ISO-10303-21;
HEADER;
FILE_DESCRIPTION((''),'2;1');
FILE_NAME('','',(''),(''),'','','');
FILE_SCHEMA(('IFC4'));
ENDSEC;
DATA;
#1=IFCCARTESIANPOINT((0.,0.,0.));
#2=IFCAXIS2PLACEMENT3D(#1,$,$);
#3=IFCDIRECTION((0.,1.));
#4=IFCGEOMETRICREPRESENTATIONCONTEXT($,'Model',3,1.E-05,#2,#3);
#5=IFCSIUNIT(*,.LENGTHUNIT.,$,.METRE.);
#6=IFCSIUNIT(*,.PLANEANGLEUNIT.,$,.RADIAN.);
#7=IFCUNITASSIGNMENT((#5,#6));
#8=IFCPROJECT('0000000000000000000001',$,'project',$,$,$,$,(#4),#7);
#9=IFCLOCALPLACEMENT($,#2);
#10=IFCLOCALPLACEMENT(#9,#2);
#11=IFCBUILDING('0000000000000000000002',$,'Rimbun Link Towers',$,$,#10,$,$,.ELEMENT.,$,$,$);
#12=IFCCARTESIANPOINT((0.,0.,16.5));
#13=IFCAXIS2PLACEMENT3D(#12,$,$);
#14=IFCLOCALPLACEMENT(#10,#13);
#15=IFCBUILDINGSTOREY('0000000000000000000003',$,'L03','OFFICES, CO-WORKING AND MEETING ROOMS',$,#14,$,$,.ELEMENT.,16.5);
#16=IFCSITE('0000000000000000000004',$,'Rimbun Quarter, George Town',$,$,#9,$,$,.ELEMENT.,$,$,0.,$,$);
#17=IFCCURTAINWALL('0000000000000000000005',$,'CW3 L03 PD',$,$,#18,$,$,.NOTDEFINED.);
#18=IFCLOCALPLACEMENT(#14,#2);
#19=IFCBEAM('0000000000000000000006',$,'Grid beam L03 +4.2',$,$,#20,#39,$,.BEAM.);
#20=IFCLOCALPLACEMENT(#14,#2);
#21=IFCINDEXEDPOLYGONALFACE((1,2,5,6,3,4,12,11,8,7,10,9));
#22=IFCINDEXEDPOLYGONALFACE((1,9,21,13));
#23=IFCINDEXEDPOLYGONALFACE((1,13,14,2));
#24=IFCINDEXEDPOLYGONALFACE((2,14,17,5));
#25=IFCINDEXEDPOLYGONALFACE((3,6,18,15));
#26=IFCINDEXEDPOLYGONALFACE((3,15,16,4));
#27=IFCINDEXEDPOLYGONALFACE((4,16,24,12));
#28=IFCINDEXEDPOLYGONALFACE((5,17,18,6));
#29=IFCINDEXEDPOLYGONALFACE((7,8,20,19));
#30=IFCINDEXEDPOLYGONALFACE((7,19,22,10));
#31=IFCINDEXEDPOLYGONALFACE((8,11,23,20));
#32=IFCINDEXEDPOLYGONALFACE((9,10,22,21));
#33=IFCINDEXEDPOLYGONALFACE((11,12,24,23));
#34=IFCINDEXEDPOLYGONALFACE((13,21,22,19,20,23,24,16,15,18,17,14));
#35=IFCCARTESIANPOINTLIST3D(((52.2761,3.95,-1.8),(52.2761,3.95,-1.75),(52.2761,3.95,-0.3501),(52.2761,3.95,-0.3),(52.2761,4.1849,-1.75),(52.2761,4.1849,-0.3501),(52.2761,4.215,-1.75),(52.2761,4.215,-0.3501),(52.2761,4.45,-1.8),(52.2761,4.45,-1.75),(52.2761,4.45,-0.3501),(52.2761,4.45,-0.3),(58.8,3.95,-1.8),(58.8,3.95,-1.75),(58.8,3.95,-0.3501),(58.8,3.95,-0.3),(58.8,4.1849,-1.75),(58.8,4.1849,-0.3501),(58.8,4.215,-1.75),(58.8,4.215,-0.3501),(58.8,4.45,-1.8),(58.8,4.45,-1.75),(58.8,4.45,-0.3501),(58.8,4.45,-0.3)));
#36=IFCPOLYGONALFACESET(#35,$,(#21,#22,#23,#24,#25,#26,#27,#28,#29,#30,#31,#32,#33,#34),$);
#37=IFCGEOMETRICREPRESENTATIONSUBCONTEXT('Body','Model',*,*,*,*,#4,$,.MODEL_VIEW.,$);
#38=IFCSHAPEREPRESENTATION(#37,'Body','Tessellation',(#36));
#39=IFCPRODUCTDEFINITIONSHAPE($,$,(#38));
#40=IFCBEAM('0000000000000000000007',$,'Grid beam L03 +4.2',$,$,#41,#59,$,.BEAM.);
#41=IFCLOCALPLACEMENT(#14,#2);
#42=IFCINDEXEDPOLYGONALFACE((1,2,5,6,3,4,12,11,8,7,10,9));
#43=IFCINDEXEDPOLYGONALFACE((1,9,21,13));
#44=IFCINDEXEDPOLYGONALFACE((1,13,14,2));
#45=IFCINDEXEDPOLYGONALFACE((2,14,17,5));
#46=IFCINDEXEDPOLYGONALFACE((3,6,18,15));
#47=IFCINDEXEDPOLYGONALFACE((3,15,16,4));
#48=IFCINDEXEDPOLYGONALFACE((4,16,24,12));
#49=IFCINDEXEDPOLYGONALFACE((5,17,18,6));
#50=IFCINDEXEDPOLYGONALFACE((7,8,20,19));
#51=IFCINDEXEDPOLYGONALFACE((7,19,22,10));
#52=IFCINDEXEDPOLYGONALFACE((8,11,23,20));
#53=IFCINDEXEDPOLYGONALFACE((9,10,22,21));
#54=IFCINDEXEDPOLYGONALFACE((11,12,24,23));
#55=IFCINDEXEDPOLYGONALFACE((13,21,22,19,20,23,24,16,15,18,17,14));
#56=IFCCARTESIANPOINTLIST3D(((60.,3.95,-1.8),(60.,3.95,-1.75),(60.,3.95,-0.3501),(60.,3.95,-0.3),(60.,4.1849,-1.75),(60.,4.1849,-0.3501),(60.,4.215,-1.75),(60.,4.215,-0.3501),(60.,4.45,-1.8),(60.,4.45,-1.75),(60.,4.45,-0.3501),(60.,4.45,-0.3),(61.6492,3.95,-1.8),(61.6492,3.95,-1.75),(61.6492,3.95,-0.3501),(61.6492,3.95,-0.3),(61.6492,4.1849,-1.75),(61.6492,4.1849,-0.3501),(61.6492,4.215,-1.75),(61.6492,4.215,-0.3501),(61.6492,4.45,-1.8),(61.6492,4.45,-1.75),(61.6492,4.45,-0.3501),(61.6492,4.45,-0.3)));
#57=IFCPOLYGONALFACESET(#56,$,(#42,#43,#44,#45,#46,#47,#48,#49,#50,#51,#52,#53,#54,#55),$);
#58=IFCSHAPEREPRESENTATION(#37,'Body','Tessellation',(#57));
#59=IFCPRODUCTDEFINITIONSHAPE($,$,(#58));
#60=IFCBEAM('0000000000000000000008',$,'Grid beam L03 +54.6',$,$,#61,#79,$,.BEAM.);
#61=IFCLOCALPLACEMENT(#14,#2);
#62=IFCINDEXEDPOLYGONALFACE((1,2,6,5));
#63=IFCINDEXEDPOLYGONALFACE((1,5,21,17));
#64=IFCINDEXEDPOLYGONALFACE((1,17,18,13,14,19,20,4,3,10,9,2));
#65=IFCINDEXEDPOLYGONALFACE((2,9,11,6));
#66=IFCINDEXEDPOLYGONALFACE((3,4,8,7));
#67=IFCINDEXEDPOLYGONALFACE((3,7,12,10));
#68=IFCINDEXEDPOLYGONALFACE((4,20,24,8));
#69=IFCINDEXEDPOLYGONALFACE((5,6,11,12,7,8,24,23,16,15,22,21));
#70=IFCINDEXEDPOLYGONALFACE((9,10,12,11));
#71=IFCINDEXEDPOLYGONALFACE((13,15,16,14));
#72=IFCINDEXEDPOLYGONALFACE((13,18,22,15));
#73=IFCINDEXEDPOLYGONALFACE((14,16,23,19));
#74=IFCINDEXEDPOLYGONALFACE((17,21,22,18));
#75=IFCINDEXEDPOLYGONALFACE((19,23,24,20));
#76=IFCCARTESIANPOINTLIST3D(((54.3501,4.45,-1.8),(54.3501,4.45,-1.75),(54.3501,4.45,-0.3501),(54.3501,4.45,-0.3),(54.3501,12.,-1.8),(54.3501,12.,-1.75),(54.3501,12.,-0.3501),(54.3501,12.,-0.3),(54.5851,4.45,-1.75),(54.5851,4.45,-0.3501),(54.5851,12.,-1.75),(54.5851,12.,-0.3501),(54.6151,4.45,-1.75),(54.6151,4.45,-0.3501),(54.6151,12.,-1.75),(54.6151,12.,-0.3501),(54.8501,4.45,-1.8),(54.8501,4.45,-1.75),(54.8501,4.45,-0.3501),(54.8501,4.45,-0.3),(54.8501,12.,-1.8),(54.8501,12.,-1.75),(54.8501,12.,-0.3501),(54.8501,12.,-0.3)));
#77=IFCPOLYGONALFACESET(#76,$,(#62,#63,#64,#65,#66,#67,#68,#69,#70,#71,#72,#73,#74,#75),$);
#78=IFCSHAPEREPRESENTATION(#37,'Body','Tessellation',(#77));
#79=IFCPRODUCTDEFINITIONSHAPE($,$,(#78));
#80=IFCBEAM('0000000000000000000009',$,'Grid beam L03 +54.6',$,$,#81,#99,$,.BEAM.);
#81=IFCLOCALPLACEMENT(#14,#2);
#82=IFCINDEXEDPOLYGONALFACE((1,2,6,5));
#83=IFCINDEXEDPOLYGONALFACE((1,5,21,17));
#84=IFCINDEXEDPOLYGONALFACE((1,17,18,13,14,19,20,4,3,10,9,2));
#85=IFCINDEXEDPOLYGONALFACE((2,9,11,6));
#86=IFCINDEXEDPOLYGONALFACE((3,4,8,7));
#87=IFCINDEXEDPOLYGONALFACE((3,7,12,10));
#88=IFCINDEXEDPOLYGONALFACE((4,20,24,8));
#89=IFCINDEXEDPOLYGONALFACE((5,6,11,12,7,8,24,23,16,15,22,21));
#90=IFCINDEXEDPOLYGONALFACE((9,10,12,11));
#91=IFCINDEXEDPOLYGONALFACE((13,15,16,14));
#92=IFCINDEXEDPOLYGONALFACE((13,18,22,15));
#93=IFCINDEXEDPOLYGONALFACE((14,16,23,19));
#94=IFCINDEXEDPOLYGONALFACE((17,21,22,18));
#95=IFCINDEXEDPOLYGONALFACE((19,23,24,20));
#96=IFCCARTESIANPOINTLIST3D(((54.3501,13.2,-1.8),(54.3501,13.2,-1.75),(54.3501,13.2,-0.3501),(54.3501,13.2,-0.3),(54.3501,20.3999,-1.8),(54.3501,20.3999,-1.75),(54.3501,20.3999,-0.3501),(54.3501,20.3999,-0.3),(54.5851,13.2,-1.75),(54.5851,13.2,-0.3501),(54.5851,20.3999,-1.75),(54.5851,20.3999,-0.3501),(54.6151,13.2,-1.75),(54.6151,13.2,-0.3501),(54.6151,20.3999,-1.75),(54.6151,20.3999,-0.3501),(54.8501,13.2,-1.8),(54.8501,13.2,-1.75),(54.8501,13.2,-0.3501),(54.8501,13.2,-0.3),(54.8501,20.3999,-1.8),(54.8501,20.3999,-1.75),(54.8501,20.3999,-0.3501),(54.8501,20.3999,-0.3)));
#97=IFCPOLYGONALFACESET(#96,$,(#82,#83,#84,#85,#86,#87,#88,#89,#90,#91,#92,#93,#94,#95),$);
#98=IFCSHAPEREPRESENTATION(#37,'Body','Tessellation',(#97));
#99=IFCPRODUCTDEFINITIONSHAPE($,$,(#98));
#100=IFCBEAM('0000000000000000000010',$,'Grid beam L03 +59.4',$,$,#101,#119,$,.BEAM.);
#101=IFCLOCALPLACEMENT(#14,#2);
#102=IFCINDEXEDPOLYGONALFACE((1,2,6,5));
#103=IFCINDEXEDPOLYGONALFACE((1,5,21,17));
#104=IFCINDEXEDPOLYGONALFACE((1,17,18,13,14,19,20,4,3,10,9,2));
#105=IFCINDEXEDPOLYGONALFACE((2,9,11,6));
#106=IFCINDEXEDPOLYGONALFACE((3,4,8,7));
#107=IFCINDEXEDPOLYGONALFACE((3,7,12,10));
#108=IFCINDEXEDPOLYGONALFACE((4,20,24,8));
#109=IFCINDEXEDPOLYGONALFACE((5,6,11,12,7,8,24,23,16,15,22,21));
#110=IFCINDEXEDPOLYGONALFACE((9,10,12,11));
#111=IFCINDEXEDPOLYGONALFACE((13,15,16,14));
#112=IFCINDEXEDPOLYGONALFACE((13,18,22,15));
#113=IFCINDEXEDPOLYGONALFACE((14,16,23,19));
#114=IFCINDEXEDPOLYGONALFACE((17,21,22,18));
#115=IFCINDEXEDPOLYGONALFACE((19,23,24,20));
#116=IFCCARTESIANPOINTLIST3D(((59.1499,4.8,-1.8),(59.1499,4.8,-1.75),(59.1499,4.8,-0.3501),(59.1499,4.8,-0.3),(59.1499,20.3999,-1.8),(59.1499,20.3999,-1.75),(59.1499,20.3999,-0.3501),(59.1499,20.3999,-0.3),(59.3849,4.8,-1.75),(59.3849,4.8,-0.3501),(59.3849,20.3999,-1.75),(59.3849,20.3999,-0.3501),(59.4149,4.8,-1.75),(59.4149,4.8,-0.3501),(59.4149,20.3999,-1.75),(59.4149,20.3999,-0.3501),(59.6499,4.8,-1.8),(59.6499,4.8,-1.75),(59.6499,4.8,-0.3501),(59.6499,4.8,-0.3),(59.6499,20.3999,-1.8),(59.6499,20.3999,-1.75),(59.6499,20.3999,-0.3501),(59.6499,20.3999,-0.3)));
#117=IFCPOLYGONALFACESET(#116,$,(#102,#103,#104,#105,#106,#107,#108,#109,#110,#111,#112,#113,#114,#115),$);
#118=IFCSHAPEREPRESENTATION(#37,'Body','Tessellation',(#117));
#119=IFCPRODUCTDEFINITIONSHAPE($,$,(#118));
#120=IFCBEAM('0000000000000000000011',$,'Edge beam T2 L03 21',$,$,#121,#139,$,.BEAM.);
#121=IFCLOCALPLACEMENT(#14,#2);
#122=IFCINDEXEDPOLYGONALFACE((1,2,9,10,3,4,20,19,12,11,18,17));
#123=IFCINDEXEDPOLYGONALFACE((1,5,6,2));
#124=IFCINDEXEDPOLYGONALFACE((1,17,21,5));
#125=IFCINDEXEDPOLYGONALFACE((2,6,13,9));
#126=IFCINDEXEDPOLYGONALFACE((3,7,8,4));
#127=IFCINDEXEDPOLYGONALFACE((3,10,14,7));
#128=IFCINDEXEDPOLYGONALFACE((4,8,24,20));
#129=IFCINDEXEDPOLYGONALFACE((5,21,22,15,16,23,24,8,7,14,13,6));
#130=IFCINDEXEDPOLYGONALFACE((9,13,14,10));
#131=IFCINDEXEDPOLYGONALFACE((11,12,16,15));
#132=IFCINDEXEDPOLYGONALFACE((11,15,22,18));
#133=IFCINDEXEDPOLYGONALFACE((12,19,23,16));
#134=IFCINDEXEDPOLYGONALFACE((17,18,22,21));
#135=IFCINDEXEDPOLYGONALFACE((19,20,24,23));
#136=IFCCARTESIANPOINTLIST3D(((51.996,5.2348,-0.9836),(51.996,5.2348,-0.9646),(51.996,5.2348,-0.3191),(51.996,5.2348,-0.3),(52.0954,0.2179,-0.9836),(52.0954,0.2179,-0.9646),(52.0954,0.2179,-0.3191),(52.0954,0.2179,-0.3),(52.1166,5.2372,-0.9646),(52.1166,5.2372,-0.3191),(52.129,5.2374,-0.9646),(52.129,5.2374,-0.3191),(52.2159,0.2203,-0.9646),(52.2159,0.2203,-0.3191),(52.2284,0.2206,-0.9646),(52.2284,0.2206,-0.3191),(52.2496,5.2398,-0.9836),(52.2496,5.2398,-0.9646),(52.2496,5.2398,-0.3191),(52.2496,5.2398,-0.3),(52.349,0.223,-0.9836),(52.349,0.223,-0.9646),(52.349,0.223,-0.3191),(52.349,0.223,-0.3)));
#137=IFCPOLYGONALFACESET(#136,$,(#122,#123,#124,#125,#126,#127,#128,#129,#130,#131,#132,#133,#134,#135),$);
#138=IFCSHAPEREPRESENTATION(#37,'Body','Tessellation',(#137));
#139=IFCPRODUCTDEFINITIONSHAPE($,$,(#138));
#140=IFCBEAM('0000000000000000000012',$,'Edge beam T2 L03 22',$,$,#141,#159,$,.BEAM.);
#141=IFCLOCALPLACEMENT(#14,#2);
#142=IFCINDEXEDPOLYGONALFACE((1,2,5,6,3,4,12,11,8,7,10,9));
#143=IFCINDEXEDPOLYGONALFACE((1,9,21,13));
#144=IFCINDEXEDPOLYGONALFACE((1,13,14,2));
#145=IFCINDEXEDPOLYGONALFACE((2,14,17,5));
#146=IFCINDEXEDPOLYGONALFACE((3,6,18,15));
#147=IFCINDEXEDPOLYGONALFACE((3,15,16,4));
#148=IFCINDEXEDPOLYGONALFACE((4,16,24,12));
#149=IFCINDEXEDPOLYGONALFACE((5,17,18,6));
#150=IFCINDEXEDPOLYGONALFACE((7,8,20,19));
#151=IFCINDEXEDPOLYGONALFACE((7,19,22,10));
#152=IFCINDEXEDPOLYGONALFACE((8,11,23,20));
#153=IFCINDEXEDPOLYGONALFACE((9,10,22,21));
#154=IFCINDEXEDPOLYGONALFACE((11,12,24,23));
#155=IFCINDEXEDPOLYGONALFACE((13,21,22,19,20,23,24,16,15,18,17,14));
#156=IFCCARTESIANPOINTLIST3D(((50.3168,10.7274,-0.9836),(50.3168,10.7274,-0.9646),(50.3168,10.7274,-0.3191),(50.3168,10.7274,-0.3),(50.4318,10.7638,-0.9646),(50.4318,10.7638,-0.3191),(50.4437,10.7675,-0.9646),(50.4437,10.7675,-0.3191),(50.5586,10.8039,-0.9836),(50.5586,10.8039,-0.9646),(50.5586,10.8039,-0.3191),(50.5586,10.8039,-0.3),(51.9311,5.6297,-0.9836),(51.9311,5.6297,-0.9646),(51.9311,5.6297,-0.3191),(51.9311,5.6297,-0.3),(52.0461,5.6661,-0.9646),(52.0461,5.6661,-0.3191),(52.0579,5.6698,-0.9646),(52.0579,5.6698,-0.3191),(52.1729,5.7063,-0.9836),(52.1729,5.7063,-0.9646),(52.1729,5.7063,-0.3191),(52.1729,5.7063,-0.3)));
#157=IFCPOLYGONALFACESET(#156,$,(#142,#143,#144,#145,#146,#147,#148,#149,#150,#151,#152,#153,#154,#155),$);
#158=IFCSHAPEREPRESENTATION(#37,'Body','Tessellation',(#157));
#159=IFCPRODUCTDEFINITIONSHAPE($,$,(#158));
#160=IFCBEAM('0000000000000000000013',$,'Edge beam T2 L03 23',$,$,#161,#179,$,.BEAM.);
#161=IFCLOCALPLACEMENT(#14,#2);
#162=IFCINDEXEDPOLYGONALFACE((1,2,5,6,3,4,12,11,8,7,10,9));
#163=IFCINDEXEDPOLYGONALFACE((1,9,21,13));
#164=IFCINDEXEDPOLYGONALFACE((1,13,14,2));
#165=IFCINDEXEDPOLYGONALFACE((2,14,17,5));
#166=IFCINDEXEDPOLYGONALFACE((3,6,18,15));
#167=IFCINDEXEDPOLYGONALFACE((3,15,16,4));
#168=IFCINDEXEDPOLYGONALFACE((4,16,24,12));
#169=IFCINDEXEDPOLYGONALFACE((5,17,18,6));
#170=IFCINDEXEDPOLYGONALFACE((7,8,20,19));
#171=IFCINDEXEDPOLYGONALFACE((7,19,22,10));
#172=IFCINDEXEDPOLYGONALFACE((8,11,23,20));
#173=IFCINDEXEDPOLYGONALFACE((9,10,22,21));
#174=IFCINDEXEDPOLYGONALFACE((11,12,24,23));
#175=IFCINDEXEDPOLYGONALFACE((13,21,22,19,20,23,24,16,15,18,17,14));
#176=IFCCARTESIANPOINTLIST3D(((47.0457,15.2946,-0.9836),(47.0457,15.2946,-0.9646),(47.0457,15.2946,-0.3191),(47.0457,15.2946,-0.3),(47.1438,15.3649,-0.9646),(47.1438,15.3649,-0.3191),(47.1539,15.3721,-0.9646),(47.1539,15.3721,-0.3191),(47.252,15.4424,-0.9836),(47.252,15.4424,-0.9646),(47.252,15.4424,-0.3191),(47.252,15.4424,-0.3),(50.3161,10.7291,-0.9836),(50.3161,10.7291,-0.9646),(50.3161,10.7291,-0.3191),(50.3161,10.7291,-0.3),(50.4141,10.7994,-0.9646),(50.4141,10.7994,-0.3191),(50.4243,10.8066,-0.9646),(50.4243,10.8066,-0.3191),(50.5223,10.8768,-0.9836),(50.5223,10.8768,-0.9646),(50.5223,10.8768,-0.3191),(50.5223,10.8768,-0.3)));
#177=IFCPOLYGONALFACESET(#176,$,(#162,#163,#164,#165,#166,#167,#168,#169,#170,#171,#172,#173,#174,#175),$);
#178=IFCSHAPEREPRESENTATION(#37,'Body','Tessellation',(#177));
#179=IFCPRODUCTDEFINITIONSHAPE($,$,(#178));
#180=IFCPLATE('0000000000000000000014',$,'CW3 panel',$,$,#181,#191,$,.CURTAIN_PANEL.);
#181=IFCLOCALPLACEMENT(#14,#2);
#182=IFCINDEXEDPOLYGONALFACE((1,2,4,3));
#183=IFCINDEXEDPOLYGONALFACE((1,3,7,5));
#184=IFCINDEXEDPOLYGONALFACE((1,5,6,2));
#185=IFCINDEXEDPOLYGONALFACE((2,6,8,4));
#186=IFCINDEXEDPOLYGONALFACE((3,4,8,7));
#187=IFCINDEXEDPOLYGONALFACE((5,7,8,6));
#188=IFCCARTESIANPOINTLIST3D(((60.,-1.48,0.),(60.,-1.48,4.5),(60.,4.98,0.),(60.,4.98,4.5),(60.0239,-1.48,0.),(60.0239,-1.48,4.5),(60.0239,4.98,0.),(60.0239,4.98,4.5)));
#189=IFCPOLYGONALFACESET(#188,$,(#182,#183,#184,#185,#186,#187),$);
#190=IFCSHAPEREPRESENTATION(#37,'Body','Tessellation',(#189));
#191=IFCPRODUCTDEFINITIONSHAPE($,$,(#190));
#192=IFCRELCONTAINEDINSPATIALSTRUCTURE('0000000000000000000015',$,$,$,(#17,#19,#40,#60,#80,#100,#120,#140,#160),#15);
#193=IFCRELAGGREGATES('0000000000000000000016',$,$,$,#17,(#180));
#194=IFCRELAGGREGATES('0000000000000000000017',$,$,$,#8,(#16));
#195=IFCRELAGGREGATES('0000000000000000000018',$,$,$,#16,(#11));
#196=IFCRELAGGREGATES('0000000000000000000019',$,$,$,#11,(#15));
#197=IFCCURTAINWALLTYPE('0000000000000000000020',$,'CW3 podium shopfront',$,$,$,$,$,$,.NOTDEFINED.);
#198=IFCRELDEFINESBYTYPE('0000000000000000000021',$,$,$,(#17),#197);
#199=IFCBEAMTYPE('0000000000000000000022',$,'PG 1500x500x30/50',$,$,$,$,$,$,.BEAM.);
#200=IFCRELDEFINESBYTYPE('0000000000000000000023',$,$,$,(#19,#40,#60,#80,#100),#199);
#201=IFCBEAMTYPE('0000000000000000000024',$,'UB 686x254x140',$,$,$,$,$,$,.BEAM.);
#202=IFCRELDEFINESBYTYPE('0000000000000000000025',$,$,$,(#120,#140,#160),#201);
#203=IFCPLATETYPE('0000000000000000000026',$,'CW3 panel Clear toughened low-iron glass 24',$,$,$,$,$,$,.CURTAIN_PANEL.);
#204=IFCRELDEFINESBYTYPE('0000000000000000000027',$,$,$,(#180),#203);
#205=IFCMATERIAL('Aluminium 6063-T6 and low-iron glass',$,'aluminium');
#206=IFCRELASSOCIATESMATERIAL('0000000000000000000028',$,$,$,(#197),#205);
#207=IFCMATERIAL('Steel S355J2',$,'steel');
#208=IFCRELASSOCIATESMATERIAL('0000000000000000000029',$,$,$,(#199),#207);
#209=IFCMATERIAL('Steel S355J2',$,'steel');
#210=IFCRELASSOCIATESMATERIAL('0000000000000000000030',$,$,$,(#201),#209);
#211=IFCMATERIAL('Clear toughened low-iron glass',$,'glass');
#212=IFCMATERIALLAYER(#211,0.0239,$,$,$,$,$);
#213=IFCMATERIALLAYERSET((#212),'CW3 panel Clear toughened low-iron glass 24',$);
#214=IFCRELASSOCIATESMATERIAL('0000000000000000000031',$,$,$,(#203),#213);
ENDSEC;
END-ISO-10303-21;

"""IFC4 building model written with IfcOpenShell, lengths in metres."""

from ifc_helpers import new_model, si_unit, direction, frame, origin, origin_2d, place, context, subcontext, project, spatial, rectangle, i_section, extrude, material, layer, layer_set, material_profile, profile_set, type_object, element, aggregate, save


model = new_model("IFC4")

# Units and contexts
model_context = context("Model", 3, precision=1e-05, world=origin(), true_north=direction((0.0, 1.0)))
body_context = subcontext(model_context, "Body", "Model", "MODEL_VIEW")
ifc_project = project(units=[si_unit("LENGTHUNIT", "METRE"), si_unit("PLANEANGLEUNIT", "RADIAN")], contexts=[model_context])

# Site, building, storey
site_placement = place(None, origin())
site = spatial("IfcSite", under=ifc_project, at=site_placement, Name="Rimbun Quarter, George Town", CompositionType="ELEMENT", RefElevation=0.0)
building_placement = place(site_placement, origin())
building = spatial("IfcBuilding", under=site, at=building_placement, Name="Rimbun Link Towers", CompositionType="ELEMENT")
storey_placement = place(building_placement, frame((0.0, 0.0, 16.5)))
storey = spatial("IfcBuildingStorey", under=building, at=storey_placement, Name="L03", Description="OFFICES, CO-WORKING AND MEETING ROOMS", CompositionType="ELEMENT", Elevation=16.5)

# Curtain wall
ifc_material_1 = material(Name="Aluminium 6063-T6 and low-iron glass", Category="aluminium")
curtain_wall_type = type_object("IfcCurtainWallType", Name="CW3 podium shopfront", PredefinedType="NOTDEFINED", material=ifc_material_1)
curtain_wall_placement = place(storey_placement, origin())
curtain_wall = element("IfcCurtainWall", 1, at=curtain_wall_placement, inside=storey, type_object=curtain_wall_type, Name="CW3 L03 PD", PredefinedType="NOTDEFINED")

# Beams
ifc_material_2 = material(Name="Steel S355J2", Category="steel")
ifc_material_profile_1 = material_profile(ifc_material_2, i_section(OverallWidth=0.5, OverallDepth=1.5, WebThickness=0.03, FlangeThickness=0.05, at=origin_2d()), Name="PG 1500x500x30/50")
ifc_profile_set_1 = profile_set([ifc_material_profile_1], Name="Steel S355J2")
beam_type_1 = type_object("IfcBeamType", Name="PG 1500x500x30/50", PredefinedType="BEAM", material=ifc_profile_set_1)
beam_1_placement = place(storey_placement, frame((52.2761, 4.2, -1.05), z_axis=(1.0, 0.0, 0.0), x_axis=(0.0, 1.0, 0.0)))
element("IfcBeam", 2, at=beam_1_placement, inside=storey, type_object=beam_type_1, Name="Grid beam L03 +4.2", PredefinedType="BEAM", context=body_context, shape_type="SweptSolid", body=[
    extrude(i_section(OverallWidth=0.5, OverallDepth=1.5, WebThickness=0.03, FlangeThickness=0.05, at=origin_2d()), origin(), (0.0, 0.0, 1.0), 6.5239),
])
beam_2_placement = place(storey_placement, frame((60.0, 4.2, -1.05), z_axis=(1.0, 0.0, 0.0), x_axis=(0.0, 1.0, 0.0)))
element("IfcBeam", 3, at=beam_2_placement, inside=storey, type_object=beam_type_1, Name="Grid beam L03 +4.2", PredefinedType="BEAM", context=body_context, shape_type="SweptSolid", body=[
    extrude(i_section(OverallWidth=0.5, OverallDepth=1.5, WebThickness=0.03, FlangeThickness=0.05, at=origin_2d()), origin(), (0.0, 0.0, 1.0), 1.6492),
])
beam_3_placement = place(storey_placement, frame((54.6001, 4.45, -1.05), z_axis=(0.0, 1.0, 0.0), x_axis=(-1.0, 0.0, 0.0)))
element("IfcBeam", 4, at=beam_3_placement, inside=storey, type_object=beam_type_1, Name="Grid beam L03 +54.6", PredefinedType="BEAM", context=body_context, shape_type="SweptSolid", body=[
    extrude(i_section(OverallWidth=0.5, OverallDepth=1.5, WebThickness=0.03, FlangeThickness=0.05, at=origin_2d()), origin(), (0.0, 0.0, 1.0), 7.55),
])
beam_4_placement = place(storey_placement, frame((54.6001, 13.2, -1.05), z_axis=(0.0, 1.0, 0.0), x_axis=(-1.0, 0.0, 0.0)))
element("IfcBeam", 5, at=beam_4_placement, inside=storey, type_object=beam_type_1, Name="Grid beam L03 +54.6", PredefinedType="BEAM", context=body_context, shape_type="SweptSolid", body=[
    extrude(i_section(OverallWidth=0.5, OverallDepth=1.5, WebThickness=0.03, FlangeThickness=0.05, at=origin_2d()), origin(), (0.0, 0.0, 1.0), 7.2),
])
beam_5_placement = place(storey_placement, frame((59.3999, 4.8, -1.05), z_axis=(0.0, 1.0, 0.0), x_axis=(-1.0, 0.0, 0.0)))
element("IfcBeam", 6, at=beam_5_placement, inside=storey, type_object=beam_type_1, Name="Grid beam L03 +59.4", PredefinedType="BEAM", context=body_context, shape_type="SweptSolid", body=[
    extrude(i_section(OverallWidth=0.5, OverallDepth=1.5, WebThickness=0.03, FlangeThickness=0.05, at=origin_2d()), origin(), (0.0, 0.0, 1.0), 15.5999),
])
ifc_material_3 = material(Name="Steel S355J2", Category="steel")
ifc_material_profile_2 = material_profile(ifc_material_3, i_section(OverallWidth=0.2537, OverallDepth=0.6836, WebThickness=0.0125, FlangeThickness=0.019, at=origin_2d()), Name="UB 686x254x140")
ifc_profile_set_2 = profile_set([ifc_material_profile_2], Name="Steel S355J2")
beam_type_2 = type_object("IfcBeamType", Name="UB 686x254x140", PredefinedType="BEAM", material=ifc_profile_set_2)
beam_6_placement = place(storey_placement, frame((52.2222, 0.2205, -0.6418), z_axis=(-0.019802, 0.999804, 0.0), x_axis=(-0.999804, -0.019802, 0.0)))
element("IfcBeam", 7, at=beam_6_placement, inside=storey, type_object=beam_type_2, Name="Edge beam T2 L03 21", PredefinedType="BEAM", context=body_context, shape_type="SweptSolid", body=[
    extrude(i_section(OverallWidth=0.2537, OverallDepth=0.6836, WebThickness=0.0125, FlangeThickness=0.019, at=origin_2d()), origin(), (0.0, 0.0, 1.0), 5.0178),
])
beam_7_placement = place(storey_placement, frame((52.052, 5.668, -0.6418), z_axis=(-0.301892, 0.953342, 0.0), x_axis=(-0.953342, -0.301892, 0.0)))
element("IfcBeam", 8, at=beam_7_placement, inside=storey, type_object=beam_type_2, Name="Edge beam T2 L03 22", PredefinedType="BEAM", context=body_context, shape_type="SweptSolid", body=[
    extrude(i_section(OverallWidth=0.2537, OverallDepth=0.6836, WebThickness=0.0125, FlangeThickness=0.019, at=origin_2d()), origin(), (0.0, 0.0, 1.0), 5.3472),
])
beam_8_placement = place(storey_placement, frame((50.4192, 10.803, -0.6418), z_axis=(-0.582327, 0.812954, 0.0), x_axis=(-0.812954, -0.582327, 0.0)))
element("IfcBeam", 9, at=beam_8_placement, inside=storey, type_object=beam_type_2, Name="Edge beam T2 L03 23", PredefinedType="BEAM", context=body_context, shape_type="SweptSolid", body=[
    extrude(i_section(OverallWidth=0.2537, OverallDepth=0.6836, WebThickness=0.0125, FlangeThickness=0.019, at=origin_2d()), origin(), (0.0, 0.0, 1.0), 5.616),
])

# Plate
ifc_material_4 = material(Name="Clear toughened low-iron glass", Category="glass")
ifc_layer_1 = layer(ifc_material_4, 0.0239)
ifc_layer_set_1 = layer_set([ifc_layer_1], Name="CW3 panel Clear toughened low-iron glass 24")
plate_type = type_object("IfcPlateType", Name="CW3 panel Clear toughened low-iron glass 24", PredefinedType="CURTAIN_PANEL", material=ifc_layer_set_1)
plate_1_placement = place(storey_placement, frame((60.012, 1.75, 0.0), z_axis=(0.0, 0.0, 1.0), x_axis=(0.0, -1.0, 0.0)))
plate_1 = element("IfcPlate", 10, at=plate_1_placement, type_object=plate_type, Name="CW3 panel", PredefinedType="CURTAIN_PANEL", context=body_context, shape_type="SweptSolid", body=[
    extrude(rectangle(XDim=6.46, YDim=0.0239, at=origin_2d()), origin(), (0.0, 0.0, 1.0), 4.5),
])
aggregate(curtain_wall, [plate_1])

save(model, "model.ifc")
